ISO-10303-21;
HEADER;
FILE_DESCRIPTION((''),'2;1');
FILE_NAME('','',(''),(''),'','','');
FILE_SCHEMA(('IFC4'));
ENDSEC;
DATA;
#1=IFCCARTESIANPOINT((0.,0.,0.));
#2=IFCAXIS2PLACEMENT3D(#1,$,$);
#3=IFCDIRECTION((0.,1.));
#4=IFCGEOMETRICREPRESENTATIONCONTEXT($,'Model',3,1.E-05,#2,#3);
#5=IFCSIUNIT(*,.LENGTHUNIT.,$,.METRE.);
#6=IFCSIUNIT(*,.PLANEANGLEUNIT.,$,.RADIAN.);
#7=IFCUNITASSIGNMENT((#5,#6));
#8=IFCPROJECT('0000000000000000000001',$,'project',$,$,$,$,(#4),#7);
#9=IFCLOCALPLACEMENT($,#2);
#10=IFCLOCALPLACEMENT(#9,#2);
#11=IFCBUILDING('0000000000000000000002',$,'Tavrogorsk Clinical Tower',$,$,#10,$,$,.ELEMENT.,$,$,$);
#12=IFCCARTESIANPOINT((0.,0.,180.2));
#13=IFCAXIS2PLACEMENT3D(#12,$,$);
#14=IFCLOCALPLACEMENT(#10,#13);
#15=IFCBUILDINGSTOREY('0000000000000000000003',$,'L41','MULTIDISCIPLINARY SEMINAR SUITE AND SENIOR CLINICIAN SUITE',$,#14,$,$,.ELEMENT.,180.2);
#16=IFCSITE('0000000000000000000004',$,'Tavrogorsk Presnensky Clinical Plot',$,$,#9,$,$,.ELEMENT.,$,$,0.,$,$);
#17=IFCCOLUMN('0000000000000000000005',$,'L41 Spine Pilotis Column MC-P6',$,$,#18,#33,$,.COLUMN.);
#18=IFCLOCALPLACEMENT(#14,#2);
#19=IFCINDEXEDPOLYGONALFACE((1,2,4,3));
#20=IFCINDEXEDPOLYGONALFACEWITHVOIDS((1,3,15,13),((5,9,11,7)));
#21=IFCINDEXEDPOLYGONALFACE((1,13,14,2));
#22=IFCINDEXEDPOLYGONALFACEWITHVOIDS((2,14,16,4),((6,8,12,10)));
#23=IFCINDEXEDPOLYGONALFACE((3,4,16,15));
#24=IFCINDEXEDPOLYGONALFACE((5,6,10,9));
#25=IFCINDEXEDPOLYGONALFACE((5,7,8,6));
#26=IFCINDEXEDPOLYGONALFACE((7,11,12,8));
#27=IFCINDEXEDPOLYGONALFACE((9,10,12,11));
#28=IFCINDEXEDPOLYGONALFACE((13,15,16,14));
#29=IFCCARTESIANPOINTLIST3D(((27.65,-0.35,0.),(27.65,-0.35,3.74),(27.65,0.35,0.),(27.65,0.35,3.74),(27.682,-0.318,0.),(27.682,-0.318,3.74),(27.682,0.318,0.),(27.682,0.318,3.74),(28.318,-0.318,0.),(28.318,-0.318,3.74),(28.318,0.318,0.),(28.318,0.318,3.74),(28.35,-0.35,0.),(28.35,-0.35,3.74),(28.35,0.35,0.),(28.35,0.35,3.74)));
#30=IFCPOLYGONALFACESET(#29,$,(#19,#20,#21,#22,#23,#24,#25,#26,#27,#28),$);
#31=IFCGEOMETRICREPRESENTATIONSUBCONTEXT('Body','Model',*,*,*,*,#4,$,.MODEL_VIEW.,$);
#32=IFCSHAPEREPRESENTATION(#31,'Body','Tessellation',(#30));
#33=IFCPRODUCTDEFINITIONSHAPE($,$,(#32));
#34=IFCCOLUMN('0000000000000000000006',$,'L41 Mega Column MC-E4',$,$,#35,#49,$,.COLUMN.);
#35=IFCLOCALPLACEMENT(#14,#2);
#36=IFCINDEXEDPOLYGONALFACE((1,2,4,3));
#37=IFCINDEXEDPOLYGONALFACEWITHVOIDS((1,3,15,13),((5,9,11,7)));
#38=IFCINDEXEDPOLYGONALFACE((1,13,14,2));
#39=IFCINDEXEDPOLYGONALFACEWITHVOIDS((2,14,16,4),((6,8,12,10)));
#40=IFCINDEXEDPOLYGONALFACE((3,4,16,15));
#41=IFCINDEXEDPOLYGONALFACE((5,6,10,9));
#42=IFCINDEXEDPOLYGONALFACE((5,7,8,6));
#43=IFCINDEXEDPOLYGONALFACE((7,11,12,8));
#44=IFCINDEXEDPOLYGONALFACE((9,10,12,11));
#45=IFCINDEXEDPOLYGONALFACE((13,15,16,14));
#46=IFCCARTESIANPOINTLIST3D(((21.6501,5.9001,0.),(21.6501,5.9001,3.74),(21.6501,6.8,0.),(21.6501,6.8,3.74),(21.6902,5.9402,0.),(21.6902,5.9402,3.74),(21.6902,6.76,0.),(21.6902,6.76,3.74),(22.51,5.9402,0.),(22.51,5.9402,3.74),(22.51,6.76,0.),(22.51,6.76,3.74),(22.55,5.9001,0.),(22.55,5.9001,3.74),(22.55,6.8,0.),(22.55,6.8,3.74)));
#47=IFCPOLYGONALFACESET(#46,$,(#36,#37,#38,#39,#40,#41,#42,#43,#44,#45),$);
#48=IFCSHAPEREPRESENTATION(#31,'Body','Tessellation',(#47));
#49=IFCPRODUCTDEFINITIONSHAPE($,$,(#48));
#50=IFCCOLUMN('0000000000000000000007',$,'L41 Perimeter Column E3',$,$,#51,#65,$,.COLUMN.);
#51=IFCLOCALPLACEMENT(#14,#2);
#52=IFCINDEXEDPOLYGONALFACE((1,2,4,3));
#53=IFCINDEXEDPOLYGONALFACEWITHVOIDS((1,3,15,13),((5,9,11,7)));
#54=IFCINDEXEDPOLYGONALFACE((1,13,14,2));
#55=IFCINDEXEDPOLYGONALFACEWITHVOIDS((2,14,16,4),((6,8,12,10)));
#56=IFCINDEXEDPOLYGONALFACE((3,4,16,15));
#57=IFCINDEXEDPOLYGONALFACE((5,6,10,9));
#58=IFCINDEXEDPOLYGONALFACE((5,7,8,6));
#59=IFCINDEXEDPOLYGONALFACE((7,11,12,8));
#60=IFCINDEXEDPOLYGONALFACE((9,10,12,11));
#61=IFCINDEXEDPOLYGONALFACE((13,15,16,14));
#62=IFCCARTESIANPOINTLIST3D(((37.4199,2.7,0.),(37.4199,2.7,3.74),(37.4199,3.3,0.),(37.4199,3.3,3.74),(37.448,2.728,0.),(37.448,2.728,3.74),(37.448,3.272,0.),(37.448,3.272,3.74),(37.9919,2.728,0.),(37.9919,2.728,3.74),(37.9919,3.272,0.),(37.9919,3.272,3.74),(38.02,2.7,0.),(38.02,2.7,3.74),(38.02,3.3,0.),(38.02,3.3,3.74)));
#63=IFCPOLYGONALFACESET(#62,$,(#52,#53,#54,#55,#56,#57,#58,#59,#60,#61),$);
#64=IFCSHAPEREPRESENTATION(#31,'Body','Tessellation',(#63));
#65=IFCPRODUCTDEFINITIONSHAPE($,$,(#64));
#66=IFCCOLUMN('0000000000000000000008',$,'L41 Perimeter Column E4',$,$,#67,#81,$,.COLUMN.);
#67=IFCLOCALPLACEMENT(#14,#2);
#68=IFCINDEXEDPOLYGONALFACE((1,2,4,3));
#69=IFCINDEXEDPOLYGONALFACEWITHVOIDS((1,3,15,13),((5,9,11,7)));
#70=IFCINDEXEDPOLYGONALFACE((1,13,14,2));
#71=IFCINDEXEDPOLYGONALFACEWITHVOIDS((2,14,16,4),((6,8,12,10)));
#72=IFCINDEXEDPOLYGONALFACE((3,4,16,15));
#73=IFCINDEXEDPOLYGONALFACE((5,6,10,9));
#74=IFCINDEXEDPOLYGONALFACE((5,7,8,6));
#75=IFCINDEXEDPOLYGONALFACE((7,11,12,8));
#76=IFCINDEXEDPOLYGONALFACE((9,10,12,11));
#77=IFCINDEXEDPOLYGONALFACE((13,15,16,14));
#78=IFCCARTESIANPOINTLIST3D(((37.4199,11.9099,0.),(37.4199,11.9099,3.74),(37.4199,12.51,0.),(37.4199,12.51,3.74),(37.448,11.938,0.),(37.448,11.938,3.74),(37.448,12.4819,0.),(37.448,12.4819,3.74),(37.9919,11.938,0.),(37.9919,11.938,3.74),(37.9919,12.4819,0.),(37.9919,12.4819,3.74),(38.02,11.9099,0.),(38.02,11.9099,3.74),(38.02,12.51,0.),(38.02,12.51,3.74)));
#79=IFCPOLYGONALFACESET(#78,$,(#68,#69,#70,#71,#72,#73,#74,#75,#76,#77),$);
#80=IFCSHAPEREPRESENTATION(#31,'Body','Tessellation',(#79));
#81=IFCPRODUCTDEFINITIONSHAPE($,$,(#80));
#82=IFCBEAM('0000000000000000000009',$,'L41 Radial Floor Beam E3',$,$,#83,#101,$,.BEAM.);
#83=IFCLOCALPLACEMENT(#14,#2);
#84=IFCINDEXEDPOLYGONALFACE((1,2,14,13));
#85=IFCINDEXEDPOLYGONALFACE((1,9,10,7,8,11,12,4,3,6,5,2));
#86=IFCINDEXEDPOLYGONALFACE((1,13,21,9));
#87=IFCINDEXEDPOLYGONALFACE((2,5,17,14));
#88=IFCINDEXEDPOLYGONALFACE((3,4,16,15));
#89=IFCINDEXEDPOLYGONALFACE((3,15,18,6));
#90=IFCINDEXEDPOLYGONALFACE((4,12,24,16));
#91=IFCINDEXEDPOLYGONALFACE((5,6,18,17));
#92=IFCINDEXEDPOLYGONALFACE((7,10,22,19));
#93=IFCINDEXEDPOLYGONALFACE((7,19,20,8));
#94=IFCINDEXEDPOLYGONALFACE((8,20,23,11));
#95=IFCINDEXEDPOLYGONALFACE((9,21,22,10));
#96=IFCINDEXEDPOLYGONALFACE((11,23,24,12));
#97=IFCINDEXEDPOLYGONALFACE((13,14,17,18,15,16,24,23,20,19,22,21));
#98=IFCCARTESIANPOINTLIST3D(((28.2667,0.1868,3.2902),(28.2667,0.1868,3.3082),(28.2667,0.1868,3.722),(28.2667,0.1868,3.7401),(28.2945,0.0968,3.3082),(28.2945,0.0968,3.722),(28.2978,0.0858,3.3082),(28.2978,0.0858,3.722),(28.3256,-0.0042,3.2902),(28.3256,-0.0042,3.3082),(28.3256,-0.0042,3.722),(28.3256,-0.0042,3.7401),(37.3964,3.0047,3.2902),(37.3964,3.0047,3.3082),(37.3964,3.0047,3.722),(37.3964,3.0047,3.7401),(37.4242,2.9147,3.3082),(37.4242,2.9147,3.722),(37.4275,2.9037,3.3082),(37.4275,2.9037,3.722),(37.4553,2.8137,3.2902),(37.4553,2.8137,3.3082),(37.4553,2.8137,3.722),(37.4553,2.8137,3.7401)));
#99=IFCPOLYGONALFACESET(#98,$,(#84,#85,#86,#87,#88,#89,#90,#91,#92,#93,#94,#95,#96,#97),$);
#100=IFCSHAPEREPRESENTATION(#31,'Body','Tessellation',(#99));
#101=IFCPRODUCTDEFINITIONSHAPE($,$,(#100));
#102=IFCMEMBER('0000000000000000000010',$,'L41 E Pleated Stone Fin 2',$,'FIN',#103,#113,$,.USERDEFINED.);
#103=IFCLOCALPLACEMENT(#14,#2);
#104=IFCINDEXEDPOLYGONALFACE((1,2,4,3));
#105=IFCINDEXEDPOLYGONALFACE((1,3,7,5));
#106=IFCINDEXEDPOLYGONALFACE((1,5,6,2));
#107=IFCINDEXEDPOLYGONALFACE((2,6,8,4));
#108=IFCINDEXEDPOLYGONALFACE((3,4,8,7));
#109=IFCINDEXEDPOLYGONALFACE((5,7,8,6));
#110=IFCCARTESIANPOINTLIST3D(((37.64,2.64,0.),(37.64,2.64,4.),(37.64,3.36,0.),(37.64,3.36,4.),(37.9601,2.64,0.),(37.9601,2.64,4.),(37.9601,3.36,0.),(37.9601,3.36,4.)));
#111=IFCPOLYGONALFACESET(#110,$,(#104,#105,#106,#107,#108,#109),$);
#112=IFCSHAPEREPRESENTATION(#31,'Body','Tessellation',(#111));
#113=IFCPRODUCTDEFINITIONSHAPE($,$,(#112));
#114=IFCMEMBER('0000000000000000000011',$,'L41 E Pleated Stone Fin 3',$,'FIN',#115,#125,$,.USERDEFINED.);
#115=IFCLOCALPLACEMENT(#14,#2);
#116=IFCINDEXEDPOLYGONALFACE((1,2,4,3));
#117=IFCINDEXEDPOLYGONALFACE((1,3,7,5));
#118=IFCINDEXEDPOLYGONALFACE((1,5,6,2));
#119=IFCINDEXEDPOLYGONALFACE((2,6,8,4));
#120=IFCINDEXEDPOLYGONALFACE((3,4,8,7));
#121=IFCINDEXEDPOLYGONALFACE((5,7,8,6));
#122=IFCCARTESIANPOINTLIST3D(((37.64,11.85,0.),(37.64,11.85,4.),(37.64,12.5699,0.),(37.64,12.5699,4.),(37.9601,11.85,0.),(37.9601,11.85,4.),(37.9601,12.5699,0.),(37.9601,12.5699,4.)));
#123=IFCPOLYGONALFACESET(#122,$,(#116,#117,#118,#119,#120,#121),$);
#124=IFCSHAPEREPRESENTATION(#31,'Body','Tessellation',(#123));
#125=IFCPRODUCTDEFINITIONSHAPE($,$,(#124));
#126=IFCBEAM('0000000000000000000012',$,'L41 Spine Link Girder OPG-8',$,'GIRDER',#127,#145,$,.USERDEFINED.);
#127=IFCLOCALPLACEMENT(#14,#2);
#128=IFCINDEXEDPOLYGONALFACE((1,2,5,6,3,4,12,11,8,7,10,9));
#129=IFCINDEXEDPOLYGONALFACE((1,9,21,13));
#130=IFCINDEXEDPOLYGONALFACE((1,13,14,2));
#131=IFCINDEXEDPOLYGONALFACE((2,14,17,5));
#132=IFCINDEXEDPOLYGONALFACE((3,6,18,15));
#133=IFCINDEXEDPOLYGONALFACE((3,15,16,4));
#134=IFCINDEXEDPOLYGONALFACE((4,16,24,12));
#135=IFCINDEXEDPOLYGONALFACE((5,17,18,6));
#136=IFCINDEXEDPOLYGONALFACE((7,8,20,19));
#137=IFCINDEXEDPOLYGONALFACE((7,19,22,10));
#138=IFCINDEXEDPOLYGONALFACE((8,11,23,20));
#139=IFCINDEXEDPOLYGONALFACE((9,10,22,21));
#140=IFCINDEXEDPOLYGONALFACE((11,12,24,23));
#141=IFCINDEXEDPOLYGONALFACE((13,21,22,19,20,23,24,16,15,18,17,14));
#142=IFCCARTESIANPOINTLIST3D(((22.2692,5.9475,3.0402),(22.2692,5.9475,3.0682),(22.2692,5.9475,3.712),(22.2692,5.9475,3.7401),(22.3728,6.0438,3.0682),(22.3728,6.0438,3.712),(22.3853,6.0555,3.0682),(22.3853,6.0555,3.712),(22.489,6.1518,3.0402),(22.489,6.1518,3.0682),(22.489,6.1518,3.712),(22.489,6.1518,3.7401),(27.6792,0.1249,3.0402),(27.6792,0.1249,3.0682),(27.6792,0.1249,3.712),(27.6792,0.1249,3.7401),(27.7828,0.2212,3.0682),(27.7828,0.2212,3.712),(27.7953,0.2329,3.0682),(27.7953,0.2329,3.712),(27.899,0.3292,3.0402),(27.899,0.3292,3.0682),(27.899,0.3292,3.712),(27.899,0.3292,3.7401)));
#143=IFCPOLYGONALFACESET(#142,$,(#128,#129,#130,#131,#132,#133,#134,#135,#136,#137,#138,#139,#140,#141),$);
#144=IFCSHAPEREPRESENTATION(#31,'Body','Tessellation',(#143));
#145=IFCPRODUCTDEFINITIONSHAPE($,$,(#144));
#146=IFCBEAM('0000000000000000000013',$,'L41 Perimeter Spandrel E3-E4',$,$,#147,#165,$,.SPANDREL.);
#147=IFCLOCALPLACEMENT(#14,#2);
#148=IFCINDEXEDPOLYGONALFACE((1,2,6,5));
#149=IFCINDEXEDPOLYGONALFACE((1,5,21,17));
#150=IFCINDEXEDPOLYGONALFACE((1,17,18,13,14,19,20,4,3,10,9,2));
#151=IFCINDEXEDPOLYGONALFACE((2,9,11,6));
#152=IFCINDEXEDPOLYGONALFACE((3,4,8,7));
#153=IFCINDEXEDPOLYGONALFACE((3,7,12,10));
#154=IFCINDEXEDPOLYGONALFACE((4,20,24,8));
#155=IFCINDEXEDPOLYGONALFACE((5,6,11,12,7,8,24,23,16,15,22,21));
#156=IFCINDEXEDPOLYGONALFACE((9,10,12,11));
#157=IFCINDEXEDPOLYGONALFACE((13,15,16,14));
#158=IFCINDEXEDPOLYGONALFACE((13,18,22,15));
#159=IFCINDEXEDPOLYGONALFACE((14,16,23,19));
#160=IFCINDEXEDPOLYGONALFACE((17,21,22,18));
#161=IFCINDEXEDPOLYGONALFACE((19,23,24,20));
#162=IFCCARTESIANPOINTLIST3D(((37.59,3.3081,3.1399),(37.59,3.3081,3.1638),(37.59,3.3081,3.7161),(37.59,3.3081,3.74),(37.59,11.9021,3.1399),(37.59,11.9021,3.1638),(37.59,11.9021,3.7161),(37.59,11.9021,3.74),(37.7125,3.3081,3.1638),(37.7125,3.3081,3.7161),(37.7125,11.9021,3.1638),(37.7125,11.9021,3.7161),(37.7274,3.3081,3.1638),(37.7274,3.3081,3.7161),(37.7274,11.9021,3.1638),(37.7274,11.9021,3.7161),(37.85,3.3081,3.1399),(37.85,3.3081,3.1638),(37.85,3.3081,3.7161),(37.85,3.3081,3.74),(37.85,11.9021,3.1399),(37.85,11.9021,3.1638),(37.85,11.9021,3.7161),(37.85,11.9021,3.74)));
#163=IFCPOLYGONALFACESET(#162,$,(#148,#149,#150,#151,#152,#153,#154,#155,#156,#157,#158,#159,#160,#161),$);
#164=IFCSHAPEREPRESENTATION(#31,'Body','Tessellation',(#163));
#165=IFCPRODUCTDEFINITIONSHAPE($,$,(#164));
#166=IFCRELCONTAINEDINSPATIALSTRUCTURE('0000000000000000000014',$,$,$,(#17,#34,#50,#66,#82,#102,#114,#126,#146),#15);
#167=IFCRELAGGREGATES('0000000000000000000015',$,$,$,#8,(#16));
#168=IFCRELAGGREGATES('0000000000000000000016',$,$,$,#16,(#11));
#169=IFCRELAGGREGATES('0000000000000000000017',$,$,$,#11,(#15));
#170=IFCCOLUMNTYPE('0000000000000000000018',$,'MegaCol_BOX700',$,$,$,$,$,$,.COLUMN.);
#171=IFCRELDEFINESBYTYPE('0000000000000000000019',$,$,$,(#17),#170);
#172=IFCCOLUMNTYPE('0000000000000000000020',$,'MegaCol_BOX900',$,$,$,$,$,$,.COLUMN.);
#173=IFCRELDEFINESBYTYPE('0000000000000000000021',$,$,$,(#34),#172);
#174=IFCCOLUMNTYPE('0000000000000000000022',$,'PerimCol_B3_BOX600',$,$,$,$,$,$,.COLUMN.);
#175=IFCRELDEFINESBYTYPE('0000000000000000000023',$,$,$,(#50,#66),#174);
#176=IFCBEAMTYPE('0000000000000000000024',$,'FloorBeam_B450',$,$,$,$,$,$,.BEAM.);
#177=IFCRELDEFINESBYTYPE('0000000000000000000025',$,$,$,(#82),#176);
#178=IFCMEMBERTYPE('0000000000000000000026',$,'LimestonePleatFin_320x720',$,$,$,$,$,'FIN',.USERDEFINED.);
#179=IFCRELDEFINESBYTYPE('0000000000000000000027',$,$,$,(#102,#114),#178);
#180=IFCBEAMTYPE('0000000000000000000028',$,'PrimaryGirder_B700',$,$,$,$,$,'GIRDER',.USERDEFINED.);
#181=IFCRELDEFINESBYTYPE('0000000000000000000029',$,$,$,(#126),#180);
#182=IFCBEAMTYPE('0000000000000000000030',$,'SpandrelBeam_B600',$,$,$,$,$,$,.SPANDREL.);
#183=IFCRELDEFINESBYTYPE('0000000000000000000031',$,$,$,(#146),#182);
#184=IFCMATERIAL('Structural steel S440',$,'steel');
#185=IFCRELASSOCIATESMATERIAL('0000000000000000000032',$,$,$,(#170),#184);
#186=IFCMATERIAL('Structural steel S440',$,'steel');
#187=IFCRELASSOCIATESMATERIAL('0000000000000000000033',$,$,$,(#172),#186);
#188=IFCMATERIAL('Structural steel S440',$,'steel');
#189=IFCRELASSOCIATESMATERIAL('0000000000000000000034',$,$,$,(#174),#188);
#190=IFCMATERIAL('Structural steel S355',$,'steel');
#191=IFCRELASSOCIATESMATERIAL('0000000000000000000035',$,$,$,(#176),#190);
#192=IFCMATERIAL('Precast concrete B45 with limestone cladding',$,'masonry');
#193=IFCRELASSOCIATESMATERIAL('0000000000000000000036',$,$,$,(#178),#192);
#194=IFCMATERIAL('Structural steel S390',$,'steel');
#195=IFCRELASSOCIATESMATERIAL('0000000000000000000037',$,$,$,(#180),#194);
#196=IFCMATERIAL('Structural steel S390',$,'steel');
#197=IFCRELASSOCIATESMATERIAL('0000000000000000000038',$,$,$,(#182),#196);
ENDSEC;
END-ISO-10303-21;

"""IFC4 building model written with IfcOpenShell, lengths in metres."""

from ifc_helpers import new_model, si_unit, direction, frame, origin, origin_2d, place, context, subcontext, project, spatial, rectangle, hollow_rectangle, i_section, extrude, material, material_profile, profile_set, type_object, element, save


model = new_model("IFC4")

# Units and contexts
model_context = context("Model", 3, precision=1e-05, world=origin(), true_north=direction((0.0, 1.0)))
body_context = subcontext(model_context, "Body", "Model", "MODEL_VIEW")
ifc_project = project(units=[si_unit("LENGTHUNIT", "METRE"), si_unit("PLANEANGLEUNIT", "RADIAN")], contexts=[model_context])

# Site, building, storey
site_placement = place(None, origin())
site = spatial("IfcSite", under=ifc_project, at=site_placement, Name="Tavrogorsk Presnensky Clinical Plot", CompositionType="ELEMENT", RefElevation=0.0)
building_placement = place(site_placement, origin())
building = spatial("IfcBuilding", under=site, at=building_placement, Name="Tavrogorsk Clinical Tower", CompositionType="ELEMENT")
storey_placement = place(building_placement, frame((0.0, 0.0, 180.2)))
storey = spatial("IfcBuildingStorey", under=building, at=storey_placement, Name="L41", Description="MULTIDISCIPLINARY SEMINAR SUITE AND SENIOR CLINICIAN SUITE", CompositionType="ELEMENT", Elevation=180.2)

# Columns
ifc_material_1 = material(Name="Structural steel S440", Category="steel")
ifc_material_profile_1 = material_profile(ifc_material_1, hollow_rectangle(XDim=0.7, YDim=0.7, WallThickness=0.032, at=origin_2d()), Name="BOX-700x700x32")
ifc_profile_set_1 = profile_set([ifc_material_profile_1], Name="Structural steel S440")
column_type_1 = type_object("IfcColumnType", Name="MegaCol_BOX700", PredefinedType="COLUMN", material=ifc_profile_set_1)
column_1_placement = place(storey_placement, frame((28.0, 0.0, 0.0), z_axis=(0.0, 0.0, 1.0), x_axis=(1.0, 0.0, 0.0)))
element("IfcColumn", 1, at=column_1_placement, inside=storey, type_object=column_type_1, Name="L41 Spine Pilotis Column MC-P6", PredefinedType="COLUMN", context=body_context, shape_type="SweptSolid", body=[
    extrude(hollow_rectangle(XDim=0.7, YDim=0.7, WallThickness=0.032, at=origin_2d()), origin(), (0.0, 0.0, 1.0), 3.74),
])
ifc_material_2 = material(Name="Structural steel S440", Category="steel")
ifc_material_profile_2 = material_profile(ifc_material_2, hollow_rectangle(XDim=0.8999, YDim=0.8999, WallThickness=0.04, at=origin_2d()), Name="BOX-900x900x40")
ifc_profile_set_2 = profile_set([ifc_material_profile_2], Name="Structural steel S440")
column_type_2 = type_object("IfcColumnType", Name="MegaCol_BOX900", PredefinedType="COLUMN", material=ifc_profile_set_2)
column_2_placement = place(storey_placement, frame((22.1001, 6.3501, 0.0), z_axis=(0.0, 0.0, 1.0), x_axis=(1.0, 0.0, 0.0)))
element("IfcColumn", 2, at=column_2_placement, inside=storey, type_object=column_type_2, Name="L41 Mega Column MC-E4", PredefinedType="COLUMN", context=body_context, shape_type="SweptSolid", body=[
    extrude(hollow_rectangle(XDim=0.8999, YDim=0.8999, WallThickness=0.04, at=origin_2d()), origin(), (0.0, 0.0, 1.0), 3.74),
])
ifc_material_3 = material(Name="Structural steel S440", Category="steel")
ifc_material_profile_3 = material_profile(ifc_material_3, hollow_rectangle(XDim=0.6001, YDim=0.6001, WallThickness=0.0281, at=origin_2d()), Name="BOX-600x600x28")
ifc_profile_set_3 = profile_set([ifc_material_profile_3], Name="Structural steel S440")
column_type_3 = type_object("IfcColumnType", Name="PerimCol_B3_BOX600", PredefinedType="COLUMN", material=ifc_profile_set_3)
for number, where, z_axis, x_axis, name in (
    (3, (37.72, 3.0, 0.0), (0.0, 0.0, 1.0), (1.0, 0.0, 0.0), "L41 Perimeter Column E3"),
    (4, (37.72, 12.21, 0.0), (0.0, 0.0, 1.0), (1.0, 0.0, 0.0), "L41 Perimeter Column E4"),
):
    element("IfcColumn", number, at=place(storey_placement, frame(where, z_axis=z_axis, x_axis=x_axis)), inside=storey, type_object=column_type_3, Name=name, PredefinedType="COLUMN", context=body_context, shape_type="SweptSolid", body=[
        extrude(hollow_rectangle(XDim=0.6001, YDim=0.6001, WallThickness=0.0281, at=origin_2d()), origin(), (0.0, 0.0, 1.0), 3.74),
    ])

# Beam
ifc_material_4 = material(Name="Structural steel S355", Category="steel")
ifc_material_profile_4 = material_profile(ifc_material_4, i_section(OverallWidth=0.2, OverallDepth=0.45, WebThickness=0.0115, FlangeThickness=0.0181, at=origin_2d()), Name="B-450x200x11.5x18")
ifc_profile_set_4 = profile_set([ifc_material_profile_4], Name="Structural steel S355")
beam_type_1 = type_object("IfcBeamType", Name="FloorBeam_B450", PredefinedType="BEAM", material=ifc_profile_set_4)
beam_1_placement = place(storey_placement, frame((28.2961, 0.0913, 3.5151), z_axis=(0.955521, 0.294922, 0.0), x_axis=(-0.294922, 0.955521, 0.0)))
element("IfcBeam", 5, at=beam_1_placement, inside=storey, type_object=beam_type_1, Name="L41 Radial Floor Beam E3", PredefinedType="BEAM", context=body_context, shape_type="SweptSolid", body=[
    extrude(i_section(OverallWidth=0.2, OverallDepth=0.45, WebThickness=0.0115, FlangeThickness=0.0181, at=origin_2d()), origin(), (0.0, 0.0, 1.0), 9.5547),
])

# Members
ifc_material_5 = material(Name="Precast concrete B45 with limestone cladding", Category="masonry")
ifc_material_profile_5 = material_profile(ifc_material_5, rectangle(XDim=0.3201, YDim=0.72, at=origin_2d()), Name="LIMESTONE-FIN-320x720")
ifc_profile_set_5 = profile_set([ifc_material_profile_5], Name="Precast concrete B45 with limestone cladding")
member_type = type_object("IfcMemberType", Name="LimestonePleatFin_320x720", ElementType="FIN", PredefinedType="USERDEFINED", material=ifc_profile_set_5)
for number, where, z_axis, x_axis, name in (
    (6, (37.8, 3.0, 0.0), (0.0, 0.0, 1.0), (1.0, 0.0, 0.0), "L41 E Pleated Stone Fin 2"),
    (7, (37.8, 12.21, 0.0), (0.0, 0.0, 1.0), (1.0, 0.0, 0.0), "L41 E Pleated Stone Fin 3"),
):
    element("IfcMember", number, at=place(storey_placement, frame(where, z_axis=z_axis, x_axis=x_axis)), inside=storey, type_object=member_type, Name=name, ObjectType="FIN", PredefinedType="USERDEFINED", context=body_context, shape_type="SweptSolid", body=[
        extrude(rectangle(XDim=0.3201, YDim=0.72, at=origin_2d()), origin(), (0.0, 0.0, 1.0), 4.0),
    ])

# Beams
ifc_material_6 = material(Name="Structural steel S390", Category="steel")
ifc_material_profile_6 = material_profile(ifc_material_6, i_section(OverallWidth=0.3, OverallDepth=0.7, WebThickness=0.0171, FlangeThickness=0.0281, at=origin_2d()), Name="B-700x300x17x28")
ifc_profile_set_6 = profile_set([ifc_material_profile_6], Name="Structural steel S390")
beam_type_2 = type_object("IfcBeamType", Name="PrimaryGirder_B700", ElementType="GIRDER", PredefinedType="USERDEFINED", material=ifc_profile_set_6)
beam_2_placement = place(storey_placement, frame((27.7891, 0.2271, 3.3901), z_axis=(-0.680674, 0.732587, 0.0), x_axis=(-0.732587, -0.680674, 0.0)))
element("IfcBeam", 8, at=beam_2_placement, inside=storey, type_object=beam_type_2, Name="L41 Spine Link Girder OPG-8", ObjectType="GIRDER", PredefinedType="USERDEFINED", context=body_context, shape_type="SweptSolid", body=[
    extrude(i_section(OverallWidth=0.3, OverallDepth=0.7, WebThickness=0.0171, FlangeThickness=0.0281, at=origin_2d()), origin(), (0.0, 0.0, 1.0), 7.948),
])
ifc_material_7 = material(Name="Structural steel S390", Category="steel")
ifc_material_profile_7 = material_profile(ifc_material_7, i_section(OverallWidth=0.26, OverallDepth=0.6001, WebThickness=0.0149, FlangeThickness=0.0239, at=origin_2d()), Name="B-600x260x15x24")
ifc_profile_set_7 = profile_set([ifc_material_profile_7], Name="Structural steel S390")
beam_type_3 = type_object("IfcBeamType", Name="SpandrelBeam_B600", PredefinedType="SPANDREL", material=ifc_profile_set_7)
for number, where, z_axis, x_axis, name in (
    (9, (37.72, 3.3081, 3.4399), (0.0, 1.0, 0.0), (-1.0, 0.0, 0.0), "L41 Perimeter Spandrel E3-E4"),
):
    element("IfcBeam", number, at=place(storey_placement, frame(where, z_axis=z_axis, x_axis=x_axis)), inside=storey, type_object=beam_type_3, Name=name, PredefinedType="SPANDREL", context=body_context, shape_type="SweptSolid", body=[
        extrude(i_section(OverallWidth=0.26, OverallDepth=0.6001, WebThickness=0.0149, FlangeThickness=0.0239, at=origin_2d()), origin(), (0.0, 0.0, 1.0), 8.594),
    ])

save(model, "model.ifc")
